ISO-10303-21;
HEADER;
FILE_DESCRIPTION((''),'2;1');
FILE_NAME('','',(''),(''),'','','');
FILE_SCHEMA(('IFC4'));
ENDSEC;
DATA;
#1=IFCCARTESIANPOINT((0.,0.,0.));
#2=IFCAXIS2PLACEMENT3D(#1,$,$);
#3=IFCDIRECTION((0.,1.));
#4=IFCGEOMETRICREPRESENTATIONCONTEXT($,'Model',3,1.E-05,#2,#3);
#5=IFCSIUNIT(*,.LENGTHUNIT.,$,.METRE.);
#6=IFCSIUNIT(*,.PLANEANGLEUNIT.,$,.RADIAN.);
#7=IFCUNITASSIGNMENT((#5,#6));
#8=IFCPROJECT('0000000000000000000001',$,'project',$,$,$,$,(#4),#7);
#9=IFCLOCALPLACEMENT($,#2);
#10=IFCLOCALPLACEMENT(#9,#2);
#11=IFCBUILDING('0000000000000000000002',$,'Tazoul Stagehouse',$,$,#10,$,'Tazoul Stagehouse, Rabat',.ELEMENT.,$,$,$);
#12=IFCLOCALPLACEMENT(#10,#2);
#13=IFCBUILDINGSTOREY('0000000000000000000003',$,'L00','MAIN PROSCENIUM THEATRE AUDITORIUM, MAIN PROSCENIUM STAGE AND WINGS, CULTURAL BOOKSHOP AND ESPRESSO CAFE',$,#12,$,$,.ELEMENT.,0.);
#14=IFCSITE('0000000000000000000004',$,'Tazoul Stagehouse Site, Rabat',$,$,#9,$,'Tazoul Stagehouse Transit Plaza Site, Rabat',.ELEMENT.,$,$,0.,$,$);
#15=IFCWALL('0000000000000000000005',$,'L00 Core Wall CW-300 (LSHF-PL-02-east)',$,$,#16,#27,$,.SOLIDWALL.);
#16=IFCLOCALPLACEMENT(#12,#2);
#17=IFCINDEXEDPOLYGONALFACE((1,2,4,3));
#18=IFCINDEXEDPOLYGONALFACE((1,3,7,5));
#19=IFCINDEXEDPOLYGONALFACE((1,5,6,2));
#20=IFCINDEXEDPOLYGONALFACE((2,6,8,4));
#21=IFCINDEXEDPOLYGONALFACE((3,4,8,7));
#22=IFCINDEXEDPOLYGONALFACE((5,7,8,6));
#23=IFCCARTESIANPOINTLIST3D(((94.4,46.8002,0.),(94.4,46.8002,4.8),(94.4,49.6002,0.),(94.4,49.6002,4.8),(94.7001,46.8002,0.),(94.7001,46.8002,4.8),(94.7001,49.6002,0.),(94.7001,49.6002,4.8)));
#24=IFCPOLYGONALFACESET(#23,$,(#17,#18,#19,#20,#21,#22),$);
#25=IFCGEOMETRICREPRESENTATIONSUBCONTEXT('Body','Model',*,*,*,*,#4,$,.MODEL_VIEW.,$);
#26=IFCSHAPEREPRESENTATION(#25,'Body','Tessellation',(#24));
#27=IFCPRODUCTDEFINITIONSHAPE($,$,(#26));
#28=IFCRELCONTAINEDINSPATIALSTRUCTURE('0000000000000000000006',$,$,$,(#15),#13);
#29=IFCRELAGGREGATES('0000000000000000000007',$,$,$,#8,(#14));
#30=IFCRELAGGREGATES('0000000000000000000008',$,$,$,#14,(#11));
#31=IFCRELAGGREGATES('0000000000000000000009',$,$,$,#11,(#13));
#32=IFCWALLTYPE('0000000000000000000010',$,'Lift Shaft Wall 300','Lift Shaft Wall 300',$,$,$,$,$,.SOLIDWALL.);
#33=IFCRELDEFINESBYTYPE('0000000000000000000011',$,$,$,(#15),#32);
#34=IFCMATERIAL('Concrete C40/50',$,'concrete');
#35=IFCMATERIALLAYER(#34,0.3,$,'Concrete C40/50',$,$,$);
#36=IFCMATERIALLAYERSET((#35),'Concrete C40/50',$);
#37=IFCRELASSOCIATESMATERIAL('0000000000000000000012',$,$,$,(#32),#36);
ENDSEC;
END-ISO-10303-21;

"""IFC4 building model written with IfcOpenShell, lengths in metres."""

from ifc_helpers import new_model, si_unit, direction, frame, frame_2d, origin, place, context, subcontext, project, spatial, rectangle, extrude, material, layer, layer_set, type_object, element, save


model = new_model("IFC4")

# Units and contexts
model_context = context("Model", 3, precision=1e-05, world=origin(), true_north=direction((0.0, 1.0)))
body_context = subcontext(model_context, "Body", "Model", "MODEL_VIEW")
ifc_project = project(units=[si_unit("LENGTHUNIT", "METRE"), si_unit("PLANEANGLEUNIT", "RADIAN")], contexts=[model_context])

# Site, building, storey
site_placement = place(None, origin())
building_placement = place(site_placement, origin())
storey_placement = place(building_placement, origin())
site = spatial("IfcSite", under=ifc_project, at=site_placement, Name="Tazoul Stagehouse Site, Rabat", LongName="Tazoul Stagehouse Transit Plaza Site, Rabat", CompositionType="ELEMENT", RefElevation=0.0)
building = spatial("IfcBuilding", under=site, at=building_placement, Name="Tazoul Stagehouse", LongName="Tazoul Stagehouse, Rabat", CompositionType="ELEMENT")
storey = spatial("IfcBuildingStorey", under=building, at=storey_placement, Name="L00", Description="MAIN PROSCENIUM THEATRE AUDITORIUM, MAIN PROSCENIUM STAGE AND WINGS, CULTURAL BOOKSHOP AND ESPRESSO CAFE", CompositionType="ELEMENT", Elevation=0.0)

# Wall
ifc_material_1 = material(Name="Concrete C40/50", Category="concrete")
ifc_layer_1 = layer(ifc_material_1, 0.3, Name="Concrete C40/50")
ifc_layer_set_1 = layer_set([ifc_layer_1], Name="Concrete C40/50")
wall_type = type_object("IfcWallType", Name="Lift Shaft Wall 300", Description="Lift Shaft Wall 300", PredefinedType="SOLIDWALL", material=ifc_layer_set_1)
wall_placement = place(storey_placement, frame((94.55, 49.6001, 0.0), z_axis=(0.0, 0.0, 1.0), x_axis=(0.0, -1.0, 0.0)))
element("IfcWall", 1, at=wall_placement, inside=storey, type_object=wall_type, Name="L00 Core Wall CW-300 (LSHF-PL-02-east)", PredefinedType="SOLIDWALL", context=body_context, shape_type="SweptSolid", body=[
    extrude(rectangle(XDim=2.8, YDim=0.3, at=frame_2d((1.3999, 0.0))), origin(), (0.0, 0.0, 1.0), 4.8),
])

save(model, "model.ifc")
